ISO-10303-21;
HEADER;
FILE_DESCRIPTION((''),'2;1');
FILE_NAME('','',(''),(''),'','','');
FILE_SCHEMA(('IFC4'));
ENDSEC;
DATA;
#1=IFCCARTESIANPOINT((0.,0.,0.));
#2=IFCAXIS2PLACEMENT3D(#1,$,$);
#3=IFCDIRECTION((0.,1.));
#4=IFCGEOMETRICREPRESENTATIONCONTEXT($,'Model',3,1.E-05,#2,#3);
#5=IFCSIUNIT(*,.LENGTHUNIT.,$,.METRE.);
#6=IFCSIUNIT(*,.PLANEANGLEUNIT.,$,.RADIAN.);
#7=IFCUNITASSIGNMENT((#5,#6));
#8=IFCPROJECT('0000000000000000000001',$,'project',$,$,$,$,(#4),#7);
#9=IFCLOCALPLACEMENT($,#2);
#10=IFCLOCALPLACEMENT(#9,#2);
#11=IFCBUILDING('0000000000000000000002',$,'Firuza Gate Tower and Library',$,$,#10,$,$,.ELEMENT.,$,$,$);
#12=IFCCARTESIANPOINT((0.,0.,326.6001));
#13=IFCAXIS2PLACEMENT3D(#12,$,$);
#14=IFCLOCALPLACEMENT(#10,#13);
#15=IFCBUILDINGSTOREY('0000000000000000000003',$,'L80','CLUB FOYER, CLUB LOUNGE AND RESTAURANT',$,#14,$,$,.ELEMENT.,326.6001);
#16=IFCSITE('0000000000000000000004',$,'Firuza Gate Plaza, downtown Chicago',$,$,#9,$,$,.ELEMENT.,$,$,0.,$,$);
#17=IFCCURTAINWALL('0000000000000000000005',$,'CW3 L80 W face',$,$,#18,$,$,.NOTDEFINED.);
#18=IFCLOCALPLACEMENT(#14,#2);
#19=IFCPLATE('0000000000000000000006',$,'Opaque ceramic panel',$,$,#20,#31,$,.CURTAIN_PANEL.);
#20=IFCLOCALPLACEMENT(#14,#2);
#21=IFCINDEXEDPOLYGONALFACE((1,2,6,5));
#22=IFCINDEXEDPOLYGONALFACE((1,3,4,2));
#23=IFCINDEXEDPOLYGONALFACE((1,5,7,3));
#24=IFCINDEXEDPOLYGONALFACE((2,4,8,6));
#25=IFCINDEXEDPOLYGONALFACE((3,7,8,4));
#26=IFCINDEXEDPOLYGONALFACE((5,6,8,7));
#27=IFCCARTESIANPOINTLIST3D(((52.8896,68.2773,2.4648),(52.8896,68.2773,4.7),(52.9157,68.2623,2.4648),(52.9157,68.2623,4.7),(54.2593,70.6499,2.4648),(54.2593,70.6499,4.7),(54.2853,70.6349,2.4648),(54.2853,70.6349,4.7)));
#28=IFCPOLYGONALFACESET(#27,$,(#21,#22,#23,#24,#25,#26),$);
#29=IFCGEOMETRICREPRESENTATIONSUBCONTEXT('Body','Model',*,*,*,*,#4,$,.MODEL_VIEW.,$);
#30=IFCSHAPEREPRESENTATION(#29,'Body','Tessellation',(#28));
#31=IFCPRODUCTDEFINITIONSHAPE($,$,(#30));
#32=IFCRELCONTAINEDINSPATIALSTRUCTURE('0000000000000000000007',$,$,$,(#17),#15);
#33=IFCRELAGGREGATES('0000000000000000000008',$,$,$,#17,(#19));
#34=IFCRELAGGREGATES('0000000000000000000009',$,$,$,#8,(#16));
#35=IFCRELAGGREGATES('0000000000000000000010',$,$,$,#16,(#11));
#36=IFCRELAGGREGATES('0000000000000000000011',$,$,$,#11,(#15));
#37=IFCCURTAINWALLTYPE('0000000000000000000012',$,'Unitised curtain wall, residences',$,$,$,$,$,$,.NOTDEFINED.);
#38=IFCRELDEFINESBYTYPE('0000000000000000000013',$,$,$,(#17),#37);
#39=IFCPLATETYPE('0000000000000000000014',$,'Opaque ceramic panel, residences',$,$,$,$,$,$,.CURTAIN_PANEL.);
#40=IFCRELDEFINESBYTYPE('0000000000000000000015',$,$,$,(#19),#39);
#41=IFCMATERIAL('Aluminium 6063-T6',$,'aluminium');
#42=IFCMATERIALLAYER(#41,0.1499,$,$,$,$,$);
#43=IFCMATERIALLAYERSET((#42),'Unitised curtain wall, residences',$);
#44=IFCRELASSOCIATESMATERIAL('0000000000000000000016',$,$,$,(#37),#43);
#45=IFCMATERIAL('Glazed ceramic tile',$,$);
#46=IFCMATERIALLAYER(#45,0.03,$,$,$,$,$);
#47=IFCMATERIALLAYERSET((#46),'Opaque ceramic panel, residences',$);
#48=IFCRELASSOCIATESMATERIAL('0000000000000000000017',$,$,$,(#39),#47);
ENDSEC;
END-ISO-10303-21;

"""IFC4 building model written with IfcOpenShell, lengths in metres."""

from ifc_helpers import new_model, si_unit, direction, frame, origin, place, context, subcontext, project, spatial, polyline, outline, extrude, material, layer, layer_set, type_object, element, aggregate, save


model = new_model("IFC4")

# Units and contexts
model_context = context("Model", 3, precision=1e-05, world=origin(), true_north=direction((0.0, 1.0)))
body_context = subcontext(model_context, "Body", "Model", "MODEL_VIEW")
ifc_project = project(units=[si_unit("LENGTHUNIT", "METRE"), si_unit("PLANEANGLEUNIT", "RADIAN")], contexts=[model_context])

# Site, building, storey
site_placement = place(None, origin())
site = spatial("IfcSite", under=ifc_project, at=site_placement, Name="Firuza Gate Plaza, downtown Chicago", CompositionType="ELEMENT", RefElevation=0.0)
building_placement = place(site_placement, origin())
building = spatial("IfcBuilding", under=site, at=building_placement, Name="Firuza Gate Tower and Library", CompositionType="ELEMENT")
storey_placement = place(building_placement, frame((0.0, 0.0, 326.6001)))
storey = spatial("IfcBuildingStorey", under=building, at=storey_placement, Name="L80", Description="CLUB FOYER, CLUB LOUNGE AND RESTAURANT", CompositionType="ELEMENT", Elevation=326.6001)

# Curtain wall
ifc_material_1 = material(Name="Aluminium 6063-T6", Category="aluminium")
ifc_layer_1 = layer(ifc_material_1, 0.1499)
ifc_layer_set_1 = layer_set([ifc_layer_1], Name="Unitised curtain wall, residences")
curtain_wall_type = type_object("IfcCurtainWallType", Name="Unitised curtain wall, residences", PredefinedType="NOTDEFINED", material=ifc_layer_set_1)
curtain_wall_placement = place(storey_placement, origin())
curtain_wall = element("IfcCurtainWall", 1, at=curtain_wall_placement, inside=storey, type_object=curtain_wall_type, Name="CW3 L80 W face", PredefinedType="NOTDEFINED")

# Plate
ifc_material_2 = material(Name="Glazed ceramic tile")
ifc_layer_2 = layer(ifc_material_2, 0.03)
ifc_layer_set_2 = layer_set([ifc_layer_2], Name="Opaque ceramic panel, residences")
plate_type_1 = type_object("IfcPlateType", Name="Opaque ceramic panel, residences", PredefinedType="CURTAIN_PANEL", material=ifc_layer_set_2)
plate_1_placement = place(storey_placement, frame((54.2593, 70.6499, 2.4648), z_axis=(-0.866052, 0.499954, 0.0), x_axis=(-0.499954, -0.866052, 0.0)))
plate_1 = element("IfcPlate", 2, at=plate_1_placement, type_object=plate_type_1, Name="Opaque ceramic panel", PredefinedType="CURTAIN_PANEL", context=body_context, shape_type="SweptSolid", body=[
    extrude(outline(polyline([(0.0, 0.0), (2.7395, 0.0), (2.7395, 2.2351), (0.0, 2.2351), (0.0, 0.0)])), origin(), (0.0, 0.0, -1.0), 0.03),
])
aggregate(curtain_wall, [plate_1])

save(model, "model.ifc")
